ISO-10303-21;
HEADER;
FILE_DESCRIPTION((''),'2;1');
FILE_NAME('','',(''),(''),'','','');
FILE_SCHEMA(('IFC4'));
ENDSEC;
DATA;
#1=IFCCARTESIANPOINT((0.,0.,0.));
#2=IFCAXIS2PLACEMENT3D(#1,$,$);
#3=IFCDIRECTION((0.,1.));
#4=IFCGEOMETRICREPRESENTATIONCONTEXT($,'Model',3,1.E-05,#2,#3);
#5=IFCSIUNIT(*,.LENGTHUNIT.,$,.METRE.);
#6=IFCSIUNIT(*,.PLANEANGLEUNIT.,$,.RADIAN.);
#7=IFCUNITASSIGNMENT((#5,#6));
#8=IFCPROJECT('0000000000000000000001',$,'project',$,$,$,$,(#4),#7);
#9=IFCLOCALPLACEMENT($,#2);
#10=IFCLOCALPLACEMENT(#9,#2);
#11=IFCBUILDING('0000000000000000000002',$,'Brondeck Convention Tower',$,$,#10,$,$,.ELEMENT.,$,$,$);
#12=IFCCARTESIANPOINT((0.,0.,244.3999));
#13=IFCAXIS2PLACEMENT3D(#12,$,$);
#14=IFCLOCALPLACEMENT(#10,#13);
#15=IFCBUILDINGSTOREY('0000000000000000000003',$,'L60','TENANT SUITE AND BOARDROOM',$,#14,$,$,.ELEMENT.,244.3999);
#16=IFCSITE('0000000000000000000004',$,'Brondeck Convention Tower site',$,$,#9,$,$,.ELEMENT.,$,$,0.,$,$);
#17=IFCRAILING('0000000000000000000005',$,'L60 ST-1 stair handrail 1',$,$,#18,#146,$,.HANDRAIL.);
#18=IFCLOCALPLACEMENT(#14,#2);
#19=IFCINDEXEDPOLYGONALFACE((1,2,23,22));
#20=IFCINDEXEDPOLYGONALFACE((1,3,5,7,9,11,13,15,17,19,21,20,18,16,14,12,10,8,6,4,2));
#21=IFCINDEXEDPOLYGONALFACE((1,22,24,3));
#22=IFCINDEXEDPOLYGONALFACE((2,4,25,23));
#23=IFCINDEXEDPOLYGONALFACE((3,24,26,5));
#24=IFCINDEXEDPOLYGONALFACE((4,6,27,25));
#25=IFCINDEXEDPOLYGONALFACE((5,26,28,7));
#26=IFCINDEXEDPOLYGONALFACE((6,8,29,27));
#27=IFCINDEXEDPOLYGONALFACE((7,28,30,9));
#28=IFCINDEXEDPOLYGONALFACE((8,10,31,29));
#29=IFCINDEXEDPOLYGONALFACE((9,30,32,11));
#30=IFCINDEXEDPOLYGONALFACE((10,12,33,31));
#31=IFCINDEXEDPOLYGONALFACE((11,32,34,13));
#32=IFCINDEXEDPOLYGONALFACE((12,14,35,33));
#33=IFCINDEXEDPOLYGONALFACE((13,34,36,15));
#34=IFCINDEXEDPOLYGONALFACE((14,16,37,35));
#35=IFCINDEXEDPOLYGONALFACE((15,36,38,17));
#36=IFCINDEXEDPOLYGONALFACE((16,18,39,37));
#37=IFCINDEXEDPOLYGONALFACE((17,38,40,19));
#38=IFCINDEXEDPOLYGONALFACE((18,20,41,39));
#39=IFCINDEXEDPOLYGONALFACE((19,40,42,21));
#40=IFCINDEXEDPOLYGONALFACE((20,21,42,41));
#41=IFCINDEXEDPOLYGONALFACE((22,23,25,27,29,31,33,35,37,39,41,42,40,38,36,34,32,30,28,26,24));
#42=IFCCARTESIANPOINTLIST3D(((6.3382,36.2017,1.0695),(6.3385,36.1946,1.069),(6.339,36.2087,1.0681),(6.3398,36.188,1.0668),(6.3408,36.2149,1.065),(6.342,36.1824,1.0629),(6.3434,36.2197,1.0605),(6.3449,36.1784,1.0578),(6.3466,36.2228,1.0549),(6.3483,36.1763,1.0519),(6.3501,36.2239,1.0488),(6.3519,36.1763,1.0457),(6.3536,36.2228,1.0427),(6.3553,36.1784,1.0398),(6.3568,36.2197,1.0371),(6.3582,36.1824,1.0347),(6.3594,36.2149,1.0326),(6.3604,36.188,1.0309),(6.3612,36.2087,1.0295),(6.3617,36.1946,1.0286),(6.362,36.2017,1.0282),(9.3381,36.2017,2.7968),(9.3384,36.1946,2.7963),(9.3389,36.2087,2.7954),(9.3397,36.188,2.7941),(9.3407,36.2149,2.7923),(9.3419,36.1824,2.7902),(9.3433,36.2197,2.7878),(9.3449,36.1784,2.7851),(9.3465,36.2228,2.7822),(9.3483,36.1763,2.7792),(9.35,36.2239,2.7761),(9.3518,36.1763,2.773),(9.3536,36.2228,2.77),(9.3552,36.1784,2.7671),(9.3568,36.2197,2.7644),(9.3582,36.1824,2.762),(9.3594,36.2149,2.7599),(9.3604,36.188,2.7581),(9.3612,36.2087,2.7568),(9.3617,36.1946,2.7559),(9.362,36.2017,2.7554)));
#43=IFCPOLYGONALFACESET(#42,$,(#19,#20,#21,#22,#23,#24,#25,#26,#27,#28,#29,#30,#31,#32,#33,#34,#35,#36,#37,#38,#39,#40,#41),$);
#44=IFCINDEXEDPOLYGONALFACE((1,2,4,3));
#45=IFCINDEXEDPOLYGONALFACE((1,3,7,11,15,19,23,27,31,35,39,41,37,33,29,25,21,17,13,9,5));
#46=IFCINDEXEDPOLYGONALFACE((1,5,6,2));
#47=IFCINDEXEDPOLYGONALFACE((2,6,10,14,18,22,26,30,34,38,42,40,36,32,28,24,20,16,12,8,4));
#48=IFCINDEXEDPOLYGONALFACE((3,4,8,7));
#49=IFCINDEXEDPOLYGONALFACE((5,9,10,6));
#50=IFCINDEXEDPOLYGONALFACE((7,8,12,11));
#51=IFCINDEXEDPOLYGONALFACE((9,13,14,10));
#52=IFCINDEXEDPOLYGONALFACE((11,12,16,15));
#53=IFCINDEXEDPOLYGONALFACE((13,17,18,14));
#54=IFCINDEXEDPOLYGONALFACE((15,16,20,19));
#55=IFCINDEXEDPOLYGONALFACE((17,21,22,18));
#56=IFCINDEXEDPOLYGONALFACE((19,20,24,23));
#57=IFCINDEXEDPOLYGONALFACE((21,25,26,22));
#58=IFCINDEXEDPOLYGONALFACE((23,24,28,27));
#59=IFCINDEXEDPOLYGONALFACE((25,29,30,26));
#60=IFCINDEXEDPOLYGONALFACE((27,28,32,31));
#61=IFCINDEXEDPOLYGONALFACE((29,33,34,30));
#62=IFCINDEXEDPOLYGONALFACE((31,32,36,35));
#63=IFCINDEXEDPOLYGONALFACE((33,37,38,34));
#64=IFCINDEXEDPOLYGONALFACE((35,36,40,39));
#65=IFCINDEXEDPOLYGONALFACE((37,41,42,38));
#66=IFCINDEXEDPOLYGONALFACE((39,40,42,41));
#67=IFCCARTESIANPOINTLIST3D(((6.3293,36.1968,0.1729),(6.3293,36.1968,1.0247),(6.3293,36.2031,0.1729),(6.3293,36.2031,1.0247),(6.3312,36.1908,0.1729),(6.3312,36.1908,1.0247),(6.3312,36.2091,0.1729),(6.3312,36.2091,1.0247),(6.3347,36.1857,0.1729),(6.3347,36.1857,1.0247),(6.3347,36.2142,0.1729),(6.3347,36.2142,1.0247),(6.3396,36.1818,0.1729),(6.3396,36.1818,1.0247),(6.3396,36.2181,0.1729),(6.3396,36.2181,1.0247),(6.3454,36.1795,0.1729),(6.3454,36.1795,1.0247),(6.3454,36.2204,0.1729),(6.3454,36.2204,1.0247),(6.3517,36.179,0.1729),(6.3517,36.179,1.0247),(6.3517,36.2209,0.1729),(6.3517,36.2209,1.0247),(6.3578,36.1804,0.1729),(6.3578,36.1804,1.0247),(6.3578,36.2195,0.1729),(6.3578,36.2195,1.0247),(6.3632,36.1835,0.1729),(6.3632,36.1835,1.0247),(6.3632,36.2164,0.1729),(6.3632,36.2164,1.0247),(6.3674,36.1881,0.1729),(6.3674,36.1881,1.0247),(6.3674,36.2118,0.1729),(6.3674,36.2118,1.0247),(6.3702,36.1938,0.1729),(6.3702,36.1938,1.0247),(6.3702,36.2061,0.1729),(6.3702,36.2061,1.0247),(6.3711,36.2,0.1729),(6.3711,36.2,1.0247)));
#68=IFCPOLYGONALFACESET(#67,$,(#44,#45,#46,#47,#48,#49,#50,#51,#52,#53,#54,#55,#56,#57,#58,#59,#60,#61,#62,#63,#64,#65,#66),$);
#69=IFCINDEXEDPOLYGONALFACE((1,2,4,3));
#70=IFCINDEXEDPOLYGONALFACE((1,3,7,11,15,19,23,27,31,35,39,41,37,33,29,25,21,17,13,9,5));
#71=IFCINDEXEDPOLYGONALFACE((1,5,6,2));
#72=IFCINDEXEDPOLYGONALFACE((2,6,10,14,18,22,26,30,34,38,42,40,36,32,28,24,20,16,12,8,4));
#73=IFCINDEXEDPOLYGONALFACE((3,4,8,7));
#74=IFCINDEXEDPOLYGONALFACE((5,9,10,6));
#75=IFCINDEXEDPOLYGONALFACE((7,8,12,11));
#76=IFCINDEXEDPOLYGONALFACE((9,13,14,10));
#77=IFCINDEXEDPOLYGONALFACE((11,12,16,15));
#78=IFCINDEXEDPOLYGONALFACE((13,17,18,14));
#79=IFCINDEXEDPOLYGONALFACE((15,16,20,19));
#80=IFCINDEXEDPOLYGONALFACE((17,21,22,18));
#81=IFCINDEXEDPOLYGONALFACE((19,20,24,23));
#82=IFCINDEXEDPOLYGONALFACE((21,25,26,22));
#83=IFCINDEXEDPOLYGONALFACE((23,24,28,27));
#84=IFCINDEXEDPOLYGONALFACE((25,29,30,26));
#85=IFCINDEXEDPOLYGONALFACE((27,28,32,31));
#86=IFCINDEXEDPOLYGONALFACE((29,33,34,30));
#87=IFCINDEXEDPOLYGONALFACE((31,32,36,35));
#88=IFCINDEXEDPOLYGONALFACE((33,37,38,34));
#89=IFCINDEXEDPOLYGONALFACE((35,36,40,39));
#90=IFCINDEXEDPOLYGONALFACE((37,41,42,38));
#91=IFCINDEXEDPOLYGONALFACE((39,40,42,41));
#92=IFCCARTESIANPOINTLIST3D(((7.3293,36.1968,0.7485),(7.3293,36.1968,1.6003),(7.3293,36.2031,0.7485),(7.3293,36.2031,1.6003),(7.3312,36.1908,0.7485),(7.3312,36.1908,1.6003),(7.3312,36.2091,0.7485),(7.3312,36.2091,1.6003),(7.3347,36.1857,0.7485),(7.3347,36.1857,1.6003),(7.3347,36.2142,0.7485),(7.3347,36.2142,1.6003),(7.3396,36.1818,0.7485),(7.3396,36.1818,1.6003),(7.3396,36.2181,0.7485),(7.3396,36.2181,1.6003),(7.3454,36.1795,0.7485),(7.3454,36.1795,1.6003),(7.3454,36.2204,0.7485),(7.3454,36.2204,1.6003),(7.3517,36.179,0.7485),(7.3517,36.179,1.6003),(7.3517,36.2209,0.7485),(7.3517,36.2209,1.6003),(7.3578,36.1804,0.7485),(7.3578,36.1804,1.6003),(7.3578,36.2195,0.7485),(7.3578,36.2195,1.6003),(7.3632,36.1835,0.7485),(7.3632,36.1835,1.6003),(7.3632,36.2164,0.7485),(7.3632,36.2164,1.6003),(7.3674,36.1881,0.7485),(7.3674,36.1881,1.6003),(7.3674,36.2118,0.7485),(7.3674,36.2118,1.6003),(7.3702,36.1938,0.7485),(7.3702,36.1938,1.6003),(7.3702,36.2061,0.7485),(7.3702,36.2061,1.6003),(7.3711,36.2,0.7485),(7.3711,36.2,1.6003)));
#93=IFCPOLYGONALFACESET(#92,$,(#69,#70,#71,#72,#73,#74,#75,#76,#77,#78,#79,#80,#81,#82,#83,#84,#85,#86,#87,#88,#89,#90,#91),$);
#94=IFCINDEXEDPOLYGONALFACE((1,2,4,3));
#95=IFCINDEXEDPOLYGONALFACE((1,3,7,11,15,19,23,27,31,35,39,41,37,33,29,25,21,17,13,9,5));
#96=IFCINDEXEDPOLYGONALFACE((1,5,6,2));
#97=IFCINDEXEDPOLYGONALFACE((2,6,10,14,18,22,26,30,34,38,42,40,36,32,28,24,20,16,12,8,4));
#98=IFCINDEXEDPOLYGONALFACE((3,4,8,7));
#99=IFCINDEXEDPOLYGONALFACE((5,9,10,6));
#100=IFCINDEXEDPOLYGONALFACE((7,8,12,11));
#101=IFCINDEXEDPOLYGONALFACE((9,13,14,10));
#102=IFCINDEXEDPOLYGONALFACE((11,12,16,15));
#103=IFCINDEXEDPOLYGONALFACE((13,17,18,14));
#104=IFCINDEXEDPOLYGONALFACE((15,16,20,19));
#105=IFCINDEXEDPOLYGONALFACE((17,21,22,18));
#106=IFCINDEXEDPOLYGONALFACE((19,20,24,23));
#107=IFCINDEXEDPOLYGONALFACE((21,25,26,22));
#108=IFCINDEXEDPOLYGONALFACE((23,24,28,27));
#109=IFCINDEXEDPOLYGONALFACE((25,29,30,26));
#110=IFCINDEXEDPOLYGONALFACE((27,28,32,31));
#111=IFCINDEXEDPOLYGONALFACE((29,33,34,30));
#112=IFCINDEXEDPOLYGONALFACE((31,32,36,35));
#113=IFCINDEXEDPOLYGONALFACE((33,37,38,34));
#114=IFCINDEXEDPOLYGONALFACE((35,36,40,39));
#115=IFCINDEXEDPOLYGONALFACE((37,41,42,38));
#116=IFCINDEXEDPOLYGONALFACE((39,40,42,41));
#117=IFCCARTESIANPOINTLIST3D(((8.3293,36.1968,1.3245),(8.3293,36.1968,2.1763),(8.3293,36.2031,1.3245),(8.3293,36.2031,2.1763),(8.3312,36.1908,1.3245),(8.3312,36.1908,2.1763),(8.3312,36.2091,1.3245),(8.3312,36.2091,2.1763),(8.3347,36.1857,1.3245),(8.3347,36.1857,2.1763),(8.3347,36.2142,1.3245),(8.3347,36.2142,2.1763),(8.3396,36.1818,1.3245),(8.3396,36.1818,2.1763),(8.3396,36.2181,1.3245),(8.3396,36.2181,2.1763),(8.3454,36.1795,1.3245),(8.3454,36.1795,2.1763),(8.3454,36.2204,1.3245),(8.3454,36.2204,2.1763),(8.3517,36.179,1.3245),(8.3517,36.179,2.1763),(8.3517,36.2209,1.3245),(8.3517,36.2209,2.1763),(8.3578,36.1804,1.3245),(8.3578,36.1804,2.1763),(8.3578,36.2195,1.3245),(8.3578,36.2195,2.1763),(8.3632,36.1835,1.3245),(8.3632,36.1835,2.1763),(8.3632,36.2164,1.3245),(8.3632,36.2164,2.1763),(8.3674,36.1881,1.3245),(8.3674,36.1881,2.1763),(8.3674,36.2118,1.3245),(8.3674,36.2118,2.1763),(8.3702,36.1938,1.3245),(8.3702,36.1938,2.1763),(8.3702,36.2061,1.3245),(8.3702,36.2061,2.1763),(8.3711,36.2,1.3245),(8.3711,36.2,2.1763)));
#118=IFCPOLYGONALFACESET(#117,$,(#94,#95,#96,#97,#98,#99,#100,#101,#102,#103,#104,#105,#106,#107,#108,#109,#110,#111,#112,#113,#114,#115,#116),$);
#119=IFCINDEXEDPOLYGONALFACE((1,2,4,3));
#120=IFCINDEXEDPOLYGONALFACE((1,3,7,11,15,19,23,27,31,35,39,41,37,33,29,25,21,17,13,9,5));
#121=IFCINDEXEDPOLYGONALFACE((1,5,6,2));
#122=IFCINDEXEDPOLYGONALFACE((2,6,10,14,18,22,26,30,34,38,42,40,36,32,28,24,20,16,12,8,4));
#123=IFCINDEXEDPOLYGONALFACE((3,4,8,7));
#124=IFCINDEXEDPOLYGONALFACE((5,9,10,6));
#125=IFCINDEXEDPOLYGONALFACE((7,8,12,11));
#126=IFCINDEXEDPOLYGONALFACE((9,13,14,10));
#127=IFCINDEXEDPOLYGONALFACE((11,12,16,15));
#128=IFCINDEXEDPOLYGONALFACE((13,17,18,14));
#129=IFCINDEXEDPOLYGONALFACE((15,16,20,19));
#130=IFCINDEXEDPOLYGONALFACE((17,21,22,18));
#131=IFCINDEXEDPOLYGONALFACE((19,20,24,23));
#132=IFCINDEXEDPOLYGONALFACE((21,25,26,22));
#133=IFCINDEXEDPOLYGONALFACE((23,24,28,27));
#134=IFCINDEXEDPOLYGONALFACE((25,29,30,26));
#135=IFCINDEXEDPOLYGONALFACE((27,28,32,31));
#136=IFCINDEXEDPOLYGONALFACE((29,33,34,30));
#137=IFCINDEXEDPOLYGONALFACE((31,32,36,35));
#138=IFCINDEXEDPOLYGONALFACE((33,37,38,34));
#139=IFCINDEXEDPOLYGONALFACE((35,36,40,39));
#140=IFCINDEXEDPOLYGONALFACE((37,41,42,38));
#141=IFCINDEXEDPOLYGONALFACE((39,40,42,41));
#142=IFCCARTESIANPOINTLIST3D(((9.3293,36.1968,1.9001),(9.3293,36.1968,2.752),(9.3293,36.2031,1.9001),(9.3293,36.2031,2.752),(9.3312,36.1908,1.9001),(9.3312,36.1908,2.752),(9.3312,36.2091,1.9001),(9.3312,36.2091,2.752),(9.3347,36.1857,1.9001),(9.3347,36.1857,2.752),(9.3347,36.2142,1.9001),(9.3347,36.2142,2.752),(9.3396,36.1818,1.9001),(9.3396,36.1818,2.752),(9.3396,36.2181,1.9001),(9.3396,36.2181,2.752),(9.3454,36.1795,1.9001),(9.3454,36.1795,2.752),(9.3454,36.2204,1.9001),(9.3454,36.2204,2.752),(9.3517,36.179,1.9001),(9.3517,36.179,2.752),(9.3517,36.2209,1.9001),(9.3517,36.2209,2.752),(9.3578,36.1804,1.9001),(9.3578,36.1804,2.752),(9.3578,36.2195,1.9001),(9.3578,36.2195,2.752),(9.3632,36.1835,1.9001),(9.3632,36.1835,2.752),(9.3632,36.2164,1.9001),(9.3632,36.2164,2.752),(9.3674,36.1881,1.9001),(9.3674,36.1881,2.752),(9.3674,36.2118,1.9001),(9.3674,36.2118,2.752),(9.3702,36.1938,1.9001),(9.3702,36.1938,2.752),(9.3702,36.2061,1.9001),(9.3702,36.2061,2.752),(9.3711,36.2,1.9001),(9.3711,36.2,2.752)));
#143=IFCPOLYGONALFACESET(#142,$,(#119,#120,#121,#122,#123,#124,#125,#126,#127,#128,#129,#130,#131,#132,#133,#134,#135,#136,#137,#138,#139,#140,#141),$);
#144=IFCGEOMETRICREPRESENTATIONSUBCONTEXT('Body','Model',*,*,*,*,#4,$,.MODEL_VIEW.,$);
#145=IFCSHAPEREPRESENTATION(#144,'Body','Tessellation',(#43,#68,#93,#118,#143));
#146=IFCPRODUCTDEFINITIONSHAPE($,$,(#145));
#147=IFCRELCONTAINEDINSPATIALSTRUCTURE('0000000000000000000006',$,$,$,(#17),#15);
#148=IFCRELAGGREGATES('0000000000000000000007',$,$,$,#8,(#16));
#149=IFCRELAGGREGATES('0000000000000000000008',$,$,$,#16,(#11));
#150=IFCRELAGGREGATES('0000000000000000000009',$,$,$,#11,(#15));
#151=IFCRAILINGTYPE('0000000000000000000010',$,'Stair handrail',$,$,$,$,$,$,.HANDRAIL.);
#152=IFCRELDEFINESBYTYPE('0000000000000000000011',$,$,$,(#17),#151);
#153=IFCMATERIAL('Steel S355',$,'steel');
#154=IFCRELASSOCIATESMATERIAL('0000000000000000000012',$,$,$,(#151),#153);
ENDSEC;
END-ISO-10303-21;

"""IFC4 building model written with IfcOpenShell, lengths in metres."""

from ifc_helpers import new_model, si_unit, direction, frame, origin, origin_2d, place, context, subcontext, project, spatial, circle, extrude, material, type_object, element, save


model = new_model("IFC4")

# Units and contexts
model_context = context("Model", 3, precision=1e-05, world=origin(), true_north=direction((0.0, 1.0)))
body_context = subcontext(model_context, "Body", "Model", "MODEL_VIEW")
ifc_project = project(units=[si_unit("LENGTHUNIT", "METRE"), si_unit("PLANEANGLEUNIT", "RADIAN")], contexts=[model_context])

# Site, building, storey
site_placement = place(None, origin())
site = spatial("IfcSite", under=ifc_project, at=site_placement, Name="Brondeck Convention Tower site", CompositionType="ELEMENT", RefElevation=0.0)
building_placement = place(site_placement, origin())
building = spatial("IfcBuilding", under=site, at=building_placement, Name="Brondeck Convention Tower", CompositionType="ELEMENT")
storey_placement = place(building_placement, frame((0.0, 0.0, 244.3999)))
storey = spatial("IfcBuildingStorey", under=building, at=storey_placement, Name="L60", Description="TENANT SUITE AND BOARDROOM", CompositionType="ELEMENT", Elevation=244.3999)

# Railing
ifc_material_1 = material(Name="Steel S355", Category="steel")
railing_type_1 = type_object("IfcRailingType", Name="Stair handrail", PredefinedType="HANDRAIL", material=ifc_material_1)
railing_1_placement = place(storey_placement, frame((6.3501, 36.2, 0.1729)))
element("IfcRailing", 1, at=railing_1_placement, inside=storey, type_object=railing_type_1, Name="L60 ST-1 stair handrail 1", PredefinedType="HANDRAIL", context=body_context, shape_type="SweptSolid", body=[
    extrude(circle(Radius=0.0239, at=origin_2d()), frame((0.0, 0.0, 0.876), z_axis=(0.86662, 0.0, 0.498969), x_axis=(0.0, 1.0, 0.0)), (0.0, 0.0, 1.0), 3.4617),
    extrude(circle(Radius=0.021, at=origin_2d()), origin(), (0.0, 0.0, 1.0), 0.8518),
    extrude(circle(Radius=0.021, at=origin_2d()), frame((1.0, 0.0, 0.5757)), (0.0, 0.0, 1.0), 0.8518),
    extrude(circle(Radius=0.021, at=origin_2d()), frame((2.0, 0.0, 1.1516)), (0.0, 0.0, 1.0), 0.8518),
    extrude(circle(Radius=0.021, at=origin_2d()), frame((3.0, 0.0, 1.7273)), (0.0, 0.0, 1.0), 0.8518),
])

save(model, "model.ifc")
